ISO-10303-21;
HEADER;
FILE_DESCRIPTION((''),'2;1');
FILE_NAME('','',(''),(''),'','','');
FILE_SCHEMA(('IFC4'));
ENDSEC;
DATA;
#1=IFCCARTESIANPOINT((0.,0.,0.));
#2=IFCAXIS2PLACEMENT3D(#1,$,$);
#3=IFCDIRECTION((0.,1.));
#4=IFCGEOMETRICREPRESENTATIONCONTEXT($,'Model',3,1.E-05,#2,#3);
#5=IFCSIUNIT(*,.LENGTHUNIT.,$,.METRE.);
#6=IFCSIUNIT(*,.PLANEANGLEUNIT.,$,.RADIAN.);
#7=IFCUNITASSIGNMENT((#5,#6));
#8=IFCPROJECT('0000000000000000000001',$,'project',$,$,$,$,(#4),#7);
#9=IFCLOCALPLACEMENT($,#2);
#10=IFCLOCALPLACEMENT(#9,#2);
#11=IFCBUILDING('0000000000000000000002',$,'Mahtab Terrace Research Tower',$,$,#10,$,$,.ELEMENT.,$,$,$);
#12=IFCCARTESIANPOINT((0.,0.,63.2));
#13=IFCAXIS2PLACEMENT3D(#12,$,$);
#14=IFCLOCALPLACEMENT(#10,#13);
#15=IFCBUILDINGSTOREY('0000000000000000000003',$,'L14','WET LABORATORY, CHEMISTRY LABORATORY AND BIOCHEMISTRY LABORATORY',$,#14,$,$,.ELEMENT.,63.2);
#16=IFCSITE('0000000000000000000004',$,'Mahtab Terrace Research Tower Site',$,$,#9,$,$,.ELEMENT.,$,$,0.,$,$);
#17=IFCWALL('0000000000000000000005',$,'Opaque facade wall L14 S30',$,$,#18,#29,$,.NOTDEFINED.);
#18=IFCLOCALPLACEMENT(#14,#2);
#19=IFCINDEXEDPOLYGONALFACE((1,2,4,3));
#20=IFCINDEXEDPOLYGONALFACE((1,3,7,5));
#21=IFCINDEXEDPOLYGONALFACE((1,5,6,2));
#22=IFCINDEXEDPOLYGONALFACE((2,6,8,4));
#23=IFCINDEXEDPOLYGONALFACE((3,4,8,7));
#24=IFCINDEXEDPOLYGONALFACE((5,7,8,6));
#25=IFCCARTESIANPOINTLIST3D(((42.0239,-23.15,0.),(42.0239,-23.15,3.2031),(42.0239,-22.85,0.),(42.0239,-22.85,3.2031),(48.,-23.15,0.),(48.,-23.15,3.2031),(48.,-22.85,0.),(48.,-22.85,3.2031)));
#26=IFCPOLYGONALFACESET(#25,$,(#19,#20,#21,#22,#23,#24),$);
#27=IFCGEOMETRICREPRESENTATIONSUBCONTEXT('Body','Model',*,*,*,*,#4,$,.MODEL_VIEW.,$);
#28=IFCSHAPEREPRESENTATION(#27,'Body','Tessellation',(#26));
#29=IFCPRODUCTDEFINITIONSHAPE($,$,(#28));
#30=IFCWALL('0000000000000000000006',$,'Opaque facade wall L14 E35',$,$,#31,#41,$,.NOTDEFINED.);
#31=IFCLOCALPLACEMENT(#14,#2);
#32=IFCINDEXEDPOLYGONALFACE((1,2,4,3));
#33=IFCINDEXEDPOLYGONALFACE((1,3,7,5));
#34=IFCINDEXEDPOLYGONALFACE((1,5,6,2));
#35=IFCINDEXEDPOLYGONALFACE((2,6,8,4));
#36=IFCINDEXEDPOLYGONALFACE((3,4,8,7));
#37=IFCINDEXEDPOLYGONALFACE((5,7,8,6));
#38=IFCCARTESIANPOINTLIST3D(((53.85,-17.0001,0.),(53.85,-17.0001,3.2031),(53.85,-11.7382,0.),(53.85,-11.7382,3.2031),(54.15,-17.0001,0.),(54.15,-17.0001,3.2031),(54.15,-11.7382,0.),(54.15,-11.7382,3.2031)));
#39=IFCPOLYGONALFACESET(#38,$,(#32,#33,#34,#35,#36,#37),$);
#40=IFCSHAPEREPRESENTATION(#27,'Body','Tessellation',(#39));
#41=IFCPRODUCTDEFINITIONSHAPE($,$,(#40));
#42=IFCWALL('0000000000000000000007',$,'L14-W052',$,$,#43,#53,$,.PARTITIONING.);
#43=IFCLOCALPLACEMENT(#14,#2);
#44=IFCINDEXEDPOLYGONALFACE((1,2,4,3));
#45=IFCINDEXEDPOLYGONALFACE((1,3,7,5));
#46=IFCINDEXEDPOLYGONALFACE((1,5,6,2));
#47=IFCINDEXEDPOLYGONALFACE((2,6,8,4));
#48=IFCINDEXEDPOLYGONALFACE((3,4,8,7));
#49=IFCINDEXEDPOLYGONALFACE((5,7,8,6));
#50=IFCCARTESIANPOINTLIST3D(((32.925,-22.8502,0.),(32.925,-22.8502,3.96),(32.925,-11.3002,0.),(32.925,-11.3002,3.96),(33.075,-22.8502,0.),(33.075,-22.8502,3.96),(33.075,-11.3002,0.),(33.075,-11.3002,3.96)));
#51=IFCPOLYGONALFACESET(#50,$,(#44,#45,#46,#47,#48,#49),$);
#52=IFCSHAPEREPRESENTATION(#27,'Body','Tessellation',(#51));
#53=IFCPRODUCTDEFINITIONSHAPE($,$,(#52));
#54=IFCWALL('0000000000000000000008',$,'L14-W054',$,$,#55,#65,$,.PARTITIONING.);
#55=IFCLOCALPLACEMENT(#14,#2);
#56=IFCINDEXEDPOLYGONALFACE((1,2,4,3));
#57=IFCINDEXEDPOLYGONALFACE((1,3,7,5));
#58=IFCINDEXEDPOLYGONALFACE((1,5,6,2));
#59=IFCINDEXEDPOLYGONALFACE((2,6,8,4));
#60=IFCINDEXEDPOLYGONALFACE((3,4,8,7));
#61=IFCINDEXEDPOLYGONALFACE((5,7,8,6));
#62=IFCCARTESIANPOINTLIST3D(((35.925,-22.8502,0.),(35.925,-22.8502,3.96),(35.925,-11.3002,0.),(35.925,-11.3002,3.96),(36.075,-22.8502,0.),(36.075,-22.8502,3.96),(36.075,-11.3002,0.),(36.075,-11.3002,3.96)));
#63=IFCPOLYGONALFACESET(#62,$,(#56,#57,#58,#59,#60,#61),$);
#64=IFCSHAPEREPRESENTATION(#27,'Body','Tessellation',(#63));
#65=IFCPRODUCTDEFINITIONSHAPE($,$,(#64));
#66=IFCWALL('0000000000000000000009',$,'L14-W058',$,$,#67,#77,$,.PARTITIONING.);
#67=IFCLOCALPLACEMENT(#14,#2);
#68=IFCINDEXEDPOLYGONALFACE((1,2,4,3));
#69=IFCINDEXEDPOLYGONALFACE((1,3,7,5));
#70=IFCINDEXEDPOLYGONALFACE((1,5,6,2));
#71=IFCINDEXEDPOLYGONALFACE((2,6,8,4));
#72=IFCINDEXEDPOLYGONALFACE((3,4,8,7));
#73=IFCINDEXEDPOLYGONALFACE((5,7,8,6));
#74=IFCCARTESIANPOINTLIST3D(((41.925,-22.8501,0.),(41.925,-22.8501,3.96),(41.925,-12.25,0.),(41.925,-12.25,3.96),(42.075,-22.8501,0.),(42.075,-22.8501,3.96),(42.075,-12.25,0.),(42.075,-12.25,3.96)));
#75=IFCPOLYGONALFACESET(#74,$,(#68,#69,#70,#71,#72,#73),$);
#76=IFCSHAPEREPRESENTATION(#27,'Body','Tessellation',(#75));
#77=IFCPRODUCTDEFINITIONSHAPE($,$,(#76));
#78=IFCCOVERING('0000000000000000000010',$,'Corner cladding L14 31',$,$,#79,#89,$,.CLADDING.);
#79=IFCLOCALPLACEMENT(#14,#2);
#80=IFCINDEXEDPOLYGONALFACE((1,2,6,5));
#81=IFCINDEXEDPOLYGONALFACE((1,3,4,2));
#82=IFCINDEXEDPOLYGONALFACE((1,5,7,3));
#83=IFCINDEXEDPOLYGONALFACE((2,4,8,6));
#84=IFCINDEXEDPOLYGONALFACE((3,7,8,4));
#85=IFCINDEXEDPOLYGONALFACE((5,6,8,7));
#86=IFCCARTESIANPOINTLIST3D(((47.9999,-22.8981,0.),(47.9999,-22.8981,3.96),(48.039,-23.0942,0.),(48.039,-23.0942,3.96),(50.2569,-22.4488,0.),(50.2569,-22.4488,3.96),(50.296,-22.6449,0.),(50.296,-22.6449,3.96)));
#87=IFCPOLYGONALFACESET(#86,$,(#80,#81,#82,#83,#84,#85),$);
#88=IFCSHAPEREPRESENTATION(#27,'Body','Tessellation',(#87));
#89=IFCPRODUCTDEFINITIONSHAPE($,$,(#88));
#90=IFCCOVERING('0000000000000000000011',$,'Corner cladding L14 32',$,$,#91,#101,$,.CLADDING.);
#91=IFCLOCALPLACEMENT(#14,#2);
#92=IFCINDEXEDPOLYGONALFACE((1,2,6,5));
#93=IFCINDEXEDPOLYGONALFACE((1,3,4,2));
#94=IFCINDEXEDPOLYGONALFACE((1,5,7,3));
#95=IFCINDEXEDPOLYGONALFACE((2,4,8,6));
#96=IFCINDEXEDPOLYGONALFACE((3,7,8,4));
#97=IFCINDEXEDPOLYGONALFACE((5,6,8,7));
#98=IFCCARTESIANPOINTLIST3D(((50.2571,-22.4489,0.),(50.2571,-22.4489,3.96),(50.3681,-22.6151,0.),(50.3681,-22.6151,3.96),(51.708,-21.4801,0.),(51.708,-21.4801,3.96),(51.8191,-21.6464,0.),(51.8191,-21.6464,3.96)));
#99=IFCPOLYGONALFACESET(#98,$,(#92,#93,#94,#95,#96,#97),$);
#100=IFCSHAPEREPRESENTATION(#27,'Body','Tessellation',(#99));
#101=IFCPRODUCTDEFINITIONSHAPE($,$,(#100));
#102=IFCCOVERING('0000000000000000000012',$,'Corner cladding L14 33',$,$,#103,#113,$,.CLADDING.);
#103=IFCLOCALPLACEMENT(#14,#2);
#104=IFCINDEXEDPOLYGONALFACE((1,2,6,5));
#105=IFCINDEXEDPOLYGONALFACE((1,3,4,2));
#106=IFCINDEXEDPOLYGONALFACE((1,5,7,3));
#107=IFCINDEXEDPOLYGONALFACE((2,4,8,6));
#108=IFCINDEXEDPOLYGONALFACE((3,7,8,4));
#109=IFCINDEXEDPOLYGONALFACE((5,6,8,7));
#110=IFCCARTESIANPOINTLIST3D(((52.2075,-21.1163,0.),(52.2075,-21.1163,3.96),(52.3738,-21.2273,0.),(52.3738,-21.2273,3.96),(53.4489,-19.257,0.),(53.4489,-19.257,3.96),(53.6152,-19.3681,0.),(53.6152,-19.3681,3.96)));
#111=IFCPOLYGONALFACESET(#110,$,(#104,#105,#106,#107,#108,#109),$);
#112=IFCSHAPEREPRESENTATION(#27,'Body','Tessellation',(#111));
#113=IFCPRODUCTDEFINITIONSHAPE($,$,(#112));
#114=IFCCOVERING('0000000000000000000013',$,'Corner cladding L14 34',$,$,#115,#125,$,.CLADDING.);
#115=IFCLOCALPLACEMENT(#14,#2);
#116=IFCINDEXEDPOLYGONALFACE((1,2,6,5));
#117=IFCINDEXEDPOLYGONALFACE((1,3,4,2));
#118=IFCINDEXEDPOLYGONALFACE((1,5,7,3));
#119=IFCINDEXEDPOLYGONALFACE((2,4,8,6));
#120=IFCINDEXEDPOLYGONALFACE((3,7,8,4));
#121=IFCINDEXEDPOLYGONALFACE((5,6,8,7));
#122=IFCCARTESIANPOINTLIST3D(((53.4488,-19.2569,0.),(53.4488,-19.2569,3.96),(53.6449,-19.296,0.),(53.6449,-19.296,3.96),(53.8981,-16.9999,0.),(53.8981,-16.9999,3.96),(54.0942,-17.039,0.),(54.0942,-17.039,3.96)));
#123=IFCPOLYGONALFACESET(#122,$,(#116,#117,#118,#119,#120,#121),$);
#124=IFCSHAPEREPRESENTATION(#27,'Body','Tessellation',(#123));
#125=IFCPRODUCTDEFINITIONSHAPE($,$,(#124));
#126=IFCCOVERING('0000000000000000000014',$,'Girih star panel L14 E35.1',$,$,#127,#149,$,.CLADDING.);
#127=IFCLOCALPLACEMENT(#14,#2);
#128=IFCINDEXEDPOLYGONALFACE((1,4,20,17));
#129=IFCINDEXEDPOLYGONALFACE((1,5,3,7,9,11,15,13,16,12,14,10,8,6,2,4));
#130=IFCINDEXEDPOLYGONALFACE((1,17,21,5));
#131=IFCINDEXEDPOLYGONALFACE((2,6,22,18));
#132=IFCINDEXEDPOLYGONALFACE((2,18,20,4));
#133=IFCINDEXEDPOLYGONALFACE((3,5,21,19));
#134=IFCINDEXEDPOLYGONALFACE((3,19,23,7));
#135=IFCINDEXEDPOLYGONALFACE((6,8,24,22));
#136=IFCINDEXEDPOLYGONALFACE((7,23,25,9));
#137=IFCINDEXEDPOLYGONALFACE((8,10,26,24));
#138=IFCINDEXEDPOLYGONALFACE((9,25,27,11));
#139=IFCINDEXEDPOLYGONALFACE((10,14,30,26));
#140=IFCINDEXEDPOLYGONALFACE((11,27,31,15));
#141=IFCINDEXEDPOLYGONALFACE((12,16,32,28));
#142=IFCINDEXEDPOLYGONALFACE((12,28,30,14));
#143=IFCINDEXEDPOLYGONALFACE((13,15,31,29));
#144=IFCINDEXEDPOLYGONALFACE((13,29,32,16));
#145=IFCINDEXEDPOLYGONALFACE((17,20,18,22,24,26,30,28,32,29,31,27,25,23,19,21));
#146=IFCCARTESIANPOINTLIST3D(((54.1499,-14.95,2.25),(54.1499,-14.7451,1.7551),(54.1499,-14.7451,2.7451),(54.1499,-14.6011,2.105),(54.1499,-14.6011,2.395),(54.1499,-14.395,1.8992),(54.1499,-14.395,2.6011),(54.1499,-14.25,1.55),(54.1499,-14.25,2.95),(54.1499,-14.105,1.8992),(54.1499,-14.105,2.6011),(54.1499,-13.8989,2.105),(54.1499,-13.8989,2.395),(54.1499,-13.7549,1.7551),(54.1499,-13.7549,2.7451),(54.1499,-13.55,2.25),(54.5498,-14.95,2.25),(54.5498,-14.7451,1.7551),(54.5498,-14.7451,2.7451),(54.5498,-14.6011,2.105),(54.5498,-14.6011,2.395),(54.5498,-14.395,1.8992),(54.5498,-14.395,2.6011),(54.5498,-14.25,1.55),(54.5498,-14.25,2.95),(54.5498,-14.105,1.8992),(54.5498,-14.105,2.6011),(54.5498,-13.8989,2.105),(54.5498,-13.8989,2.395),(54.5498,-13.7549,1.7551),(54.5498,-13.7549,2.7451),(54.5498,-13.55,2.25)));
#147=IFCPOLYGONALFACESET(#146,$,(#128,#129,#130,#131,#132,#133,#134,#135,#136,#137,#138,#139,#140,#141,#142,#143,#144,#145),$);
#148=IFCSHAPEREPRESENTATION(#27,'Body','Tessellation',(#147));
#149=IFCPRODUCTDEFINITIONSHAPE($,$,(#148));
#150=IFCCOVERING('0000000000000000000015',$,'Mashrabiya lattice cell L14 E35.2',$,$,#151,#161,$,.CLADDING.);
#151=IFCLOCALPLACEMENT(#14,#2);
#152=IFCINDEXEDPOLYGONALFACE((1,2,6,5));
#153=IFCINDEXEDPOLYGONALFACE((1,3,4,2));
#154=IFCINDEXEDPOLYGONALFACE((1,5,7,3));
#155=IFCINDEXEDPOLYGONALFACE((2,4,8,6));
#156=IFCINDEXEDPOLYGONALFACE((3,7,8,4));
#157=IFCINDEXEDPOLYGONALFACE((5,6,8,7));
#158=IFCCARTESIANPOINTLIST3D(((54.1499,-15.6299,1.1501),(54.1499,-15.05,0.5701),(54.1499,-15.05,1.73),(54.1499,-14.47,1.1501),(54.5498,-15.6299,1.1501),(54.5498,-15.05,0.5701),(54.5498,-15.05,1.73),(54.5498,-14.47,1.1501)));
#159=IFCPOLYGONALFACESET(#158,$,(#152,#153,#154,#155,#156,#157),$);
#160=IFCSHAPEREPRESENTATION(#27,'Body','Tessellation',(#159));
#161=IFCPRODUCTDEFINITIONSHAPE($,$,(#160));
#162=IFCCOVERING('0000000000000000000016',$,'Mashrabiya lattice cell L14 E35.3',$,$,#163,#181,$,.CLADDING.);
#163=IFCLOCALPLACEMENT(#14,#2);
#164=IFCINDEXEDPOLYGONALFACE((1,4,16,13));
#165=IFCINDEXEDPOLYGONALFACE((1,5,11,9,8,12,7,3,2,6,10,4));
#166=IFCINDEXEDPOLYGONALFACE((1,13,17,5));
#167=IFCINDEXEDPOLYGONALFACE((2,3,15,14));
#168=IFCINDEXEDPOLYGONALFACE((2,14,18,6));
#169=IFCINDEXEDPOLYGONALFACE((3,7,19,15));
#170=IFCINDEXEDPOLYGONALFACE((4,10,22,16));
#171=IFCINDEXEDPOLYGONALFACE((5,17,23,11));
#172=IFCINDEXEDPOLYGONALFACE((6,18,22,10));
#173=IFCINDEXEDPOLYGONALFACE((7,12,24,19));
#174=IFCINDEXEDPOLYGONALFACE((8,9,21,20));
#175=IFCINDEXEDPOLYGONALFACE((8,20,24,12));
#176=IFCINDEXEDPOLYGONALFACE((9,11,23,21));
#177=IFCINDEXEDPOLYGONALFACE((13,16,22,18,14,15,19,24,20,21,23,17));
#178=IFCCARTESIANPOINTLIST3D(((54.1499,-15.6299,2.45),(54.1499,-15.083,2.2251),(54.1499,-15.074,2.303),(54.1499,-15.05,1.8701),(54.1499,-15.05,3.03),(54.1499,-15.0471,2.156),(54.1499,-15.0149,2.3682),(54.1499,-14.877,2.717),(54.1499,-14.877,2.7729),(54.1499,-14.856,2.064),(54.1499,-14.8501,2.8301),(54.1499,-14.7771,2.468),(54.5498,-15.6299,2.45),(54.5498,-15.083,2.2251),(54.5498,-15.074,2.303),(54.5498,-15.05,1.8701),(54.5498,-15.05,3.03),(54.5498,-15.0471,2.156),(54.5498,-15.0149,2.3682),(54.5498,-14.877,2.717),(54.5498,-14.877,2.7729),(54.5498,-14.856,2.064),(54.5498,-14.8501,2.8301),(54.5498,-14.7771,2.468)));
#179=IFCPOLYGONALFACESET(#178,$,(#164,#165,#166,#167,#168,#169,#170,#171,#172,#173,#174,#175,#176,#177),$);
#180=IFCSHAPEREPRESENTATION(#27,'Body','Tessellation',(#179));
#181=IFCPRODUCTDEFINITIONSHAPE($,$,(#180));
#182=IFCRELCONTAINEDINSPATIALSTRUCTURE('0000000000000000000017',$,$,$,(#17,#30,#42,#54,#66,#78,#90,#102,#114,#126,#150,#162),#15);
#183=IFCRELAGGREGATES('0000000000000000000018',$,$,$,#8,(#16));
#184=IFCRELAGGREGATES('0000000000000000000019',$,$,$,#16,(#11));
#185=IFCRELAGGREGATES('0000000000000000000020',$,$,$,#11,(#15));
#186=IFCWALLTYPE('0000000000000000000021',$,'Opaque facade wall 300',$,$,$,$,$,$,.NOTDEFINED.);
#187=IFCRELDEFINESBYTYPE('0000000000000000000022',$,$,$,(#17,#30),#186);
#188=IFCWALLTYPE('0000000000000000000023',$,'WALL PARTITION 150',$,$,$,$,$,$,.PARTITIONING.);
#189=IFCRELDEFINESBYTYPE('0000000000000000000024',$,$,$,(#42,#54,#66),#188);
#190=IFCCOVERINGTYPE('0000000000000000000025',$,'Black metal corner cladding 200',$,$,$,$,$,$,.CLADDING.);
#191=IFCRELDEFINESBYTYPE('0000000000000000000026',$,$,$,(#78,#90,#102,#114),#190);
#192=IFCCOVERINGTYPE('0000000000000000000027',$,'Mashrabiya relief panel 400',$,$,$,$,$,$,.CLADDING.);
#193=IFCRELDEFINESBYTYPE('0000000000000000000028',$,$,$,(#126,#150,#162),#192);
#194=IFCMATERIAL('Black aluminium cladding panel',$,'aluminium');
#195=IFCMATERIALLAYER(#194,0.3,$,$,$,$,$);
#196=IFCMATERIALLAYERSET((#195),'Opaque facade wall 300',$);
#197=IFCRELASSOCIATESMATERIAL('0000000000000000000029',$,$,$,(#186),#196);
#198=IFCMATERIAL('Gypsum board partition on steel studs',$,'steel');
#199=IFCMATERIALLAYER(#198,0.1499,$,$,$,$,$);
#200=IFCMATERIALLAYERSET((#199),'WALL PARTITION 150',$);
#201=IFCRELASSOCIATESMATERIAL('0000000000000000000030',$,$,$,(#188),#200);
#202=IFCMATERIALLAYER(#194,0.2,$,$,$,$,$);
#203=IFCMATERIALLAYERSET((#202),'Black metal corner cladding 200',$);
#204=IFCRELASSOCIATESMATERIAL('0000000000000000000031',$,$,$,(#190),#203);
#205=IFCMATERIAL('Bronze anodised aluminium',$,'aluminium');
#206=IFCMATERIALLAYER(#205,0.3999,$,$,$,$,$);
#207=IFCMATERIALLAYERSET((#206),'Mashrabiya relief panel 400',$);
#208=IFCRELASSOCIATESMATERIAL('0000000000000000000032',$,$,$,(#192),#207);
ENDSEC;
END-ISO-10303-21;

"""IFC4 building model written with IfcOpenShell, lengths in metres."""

from ifc_helpers import new_model, si_unit, direction, frame, frame_2d, origin, origin_2d, place, context, subcontext, project, spatial, polyline, rectangle, outline, extrude, material, layer, layer_set, type_object, element, save


model = new_model("IFC4")

# Units and contexts
model_context = context("Model", 3, precision=1e-05, world=origin(), true_north=direction((0.0, 1.0)))
body_context = subcontext(model_context, "Body", "Model", "MODEL_VIEW")
ifc_project = project(units=[si_unit("LENGTHUNIT", "METRE"), si_unit("PLANEANGLEUNIT", "RADIAN")], contexts=[model_context])

# Site, building, storey
site_placement = place(None, origin())
site = spatial("IfcSite", under=ifc_project, at=site_placement, Name="Mahtab Terrace Research Tower Site", CompositionType="ELEMENT", RefElevation=0.0)
building_placement = place(site_placement, origin())
building = spatial("IfcBuilding", under=site, at=building_placement, Name="Mahtab Terrace Research Tower", CompositionType="ELEMENT")
storey_placement = place(building_placement, frame((0.0, 0.0, 63.2)))
storey = spatial("IfcBuildingStorey", under=building, at=storey_placement, Name="L14", Description="WET LABORATORY, CHEMISTRY LABORATORY AND BIOCHEMISTRY LABORATORY", CompositionType="ELEMENT", Elevation=63.2)

# Walls
ifc_material_1 = material(Name="Black aluminium cladding panel", Category="aluminium")
ifc_layer_1 = layer(ifc_material_1, 0.3)
ifc_layer_set_1 = layer_set([ifc_layer_1], Name="Opaque facade wall 300")
wall_type_1 = type_object("IfcWallType", Name="Opaque facade wall 300", PredefinedType="NOTDEFINED", material=ifc_layer_set_1)
wall_1_placement = place(storey_placement, frame((42.0239, -23.0, 0.0), z_axis=(0.0, 0.0, 1.0), x_axis=(1.0, 0.0, 0.0)))
element("IfcWall", 1, at=wall_1_placement, inside=storey, type_object=wall_type_1, Name="Opaque facade wall L14 S30", PredefinedType="NOTDEFINED", context=body_context, shape_type="SweptSolid", body=[
    extrude(rectangle(XDim=5.9761, YDim=0.3, at=frame_2d((2.988, 0.0))), origin(), (0.0, 0.0, 1.0), 3.2031),
])
wall_2_placement = place(storey_placement, frame((54.0, -17.0, 0.0), z_axis=(0.0, 0.0, 1.0), x_axis=(0.0, 1.0, 0.0)))
element("IfcWall", 2, at=wall_2_placement, inside=storey, type_object=wall_type_1, Name="Opaque facade wall L14 E35", PredefinedType="NOTDEFINED", context=body_context, shape_type="SweptSolid", body=[
    extrude(rectangle(XDim=5.262, YDim=0.3, at=frame_2d((2.6309, 0.0))), origin(), (0.0, 0.0, 1.0), 3.2031),
])
ifc_material_2 = material(Name="Gypsum board partition on steel studs", Category="steel")
ifc_layer_2 = layer(ifc_material_2, 0.1499)
ifc_layer_set_2 = layer_set([ifc_layer_2], Name="WALL PARTITION 150")
wall_type_2 = type_object("IfcWallType", Name="WALL PARTITION 150", PredefinedType="PARTITIONING", material=ifc_layer_set_2)
for number, where, z_axis, x_axis, name in (
    (3, (33.0, -22.8501, 0.0), (0.0, 0.0, 1.0), (0.0, 1.0, 0.0), "L14-W052"),
    (4, (36.0, -22.8501, 0.0), (0.0, 0.0, 1.0), (0.0, 1.0, 0.0), "L14-W054"),
):
    element("IfcWall", number, at=place(storey_placement, frame(where, z_axis=z_axis, x_axis=x_axis)), inside=storey, type_object=wall_type_2, Name=name, PredefinedType="PARTITIONING", context=body_context, shape_type="SweptSolid", body=[
        extrude(rectangle(XDim=11.55, YDim=0.1499, at=frame_2d((5.7749, 0.0))), origin(), (0.0, 0.0, 1.0), 3.96),
    ])
wall_3_placement = place(storey_placement, frame((42.0, -22.8501, 0.0), z_axis=(0.0, 0.0, 1.0), x_axis=(0.0, 1.0, 0.0)))
element("IfcWall", 5, at=wall_3_placement, inside=storey, type_object=wall_type_2, Name="L14-W058", PredefinedType="PARTITIONING", context=body_context, shape_type="SweptSolid", body=[
    extrude(rectangle(XDim=10.6001, YDim=0.1499, at=frame_2d((5.3, 0.0))), origin(), (0.0, 0.0, 1.0), 3.96),
])

# Coverings
ifc_layer_3 = layer(ifc_material_1, 0.2)
ifc_layer_set_3 = layer_set([ifc_layer_3], Name="Black metal corner cladding 200")
covering_type_1 = type_object("IfcCoveringType", Name="Black metal corner cladding 200", PredefinedType="CLADDING", material=ifc_layer_set_3)
covering_1_placement = place(storey_placement, frame((49.1479, -22.7715, 0.0), z_axis=(0.0, 0.0, 1.0), x_axis=(0.980761, 0.195212, 0.0)))
element("IfcCovering", 6, at=covering_1_placement, inside=storey, type_object=covering_type_1, Name="Corner cladding L14 31", PredefinedType="CLADDING", context=body_context, shape_type="SweptSolid", body=[
    extrude(rectangle(XDim=2.3013, YDim=0.2, at=origin_2d()), origin(), (0.0, 0.0, 1.0), 3.96),
])
covering_2_placement = place(storey_placement, frame((51.0381, -22.0476, 0.0), z_axis=(0.0, 0.0, 1.0), x_axis=(0.831656, 0.555291, 0.0)))
element("IfcCovering", 7, at=covering_2_placement, inside=storey, type_object=covering_type_1, Name="Corner cladding L14 32", PredefinedType="CLADDING", context=body_context, shape_type="SweptSolid", body=[
    extrude(rectangle(XDim=1.7446, YDim=0.2, at=origin_2d()), origin(), (0.0, 0.0, 1.0), 3.96),
])
covering_3_placement = place(storey_placement, frame((52.9114, -20.2422, 0.0), z_axis=(0.0, 0.0, 1.0), x_axis=(0.555291, 0.831656, 0.0)))
element("IfcCovering", 8, at=covering_3_placement, inside=storey, type_object=covering_type_1, Name="Corner cladding L14 33", PredefinedType="CLADDING", context=body_context, shape_type="SweptSolid", body=[
    extrude(rectangle(XDim=2.2356, YDim=0.2, at=origin_2d()), origin(), (0.0, 0.0, 1.0), 3.96),
])
covering_4_placement = place(storey_placement, frame((53.7715, -18.1479, 0.0), z_axis=(0.0, 0.0, 1.0), x_axis=(0.195212, 0.980761, 0.0)))
element("IfcCovering", 9, at=covering_4_placement, inside=storey, type_object=covering_type_1, Name="Corner cladding L14 34", PredefinedType="CLADDING", context=body_context, shape_type="SweptSolid", body=[
    extrude(rectangle(XDim=2.3013, YDim=0.2, at=origin_2d()), origin(), (0.0, 0.0, 1.0), 3.96),
])
ifc_material_3 = material(Name="Bronze anodised aluminium", Category="aluminium")
ifc_layer_4 = layer(ifc_material_3, 0.3999)
ifc_layer_set_4 = layer_set([ifc_layer_4], Name="Mashrabiya relief panel 400")
covering_type_2 = type_object("IfcCoveringType", Name="Mashrabiya relief panel 400", PredefinedType="CLADDING", material=ifc_layer_set_4)
covering_5_placement = place(storey_placement, frame((54.1499, -14.105, 2.6011), z_axis=(-1.0, 0.0, 0.0), x_axis=(0.0, 0.924785, 0.38049)))
element("IfcCovering", 10, at=covering_5_placement, inside=storey, type_object=covering_type_2, Name="Girih star panel L14 E35.1", PredefinedType="CLADDING", context=body_context, shape_type="SweptSolid", body=[
    extrude(outline(polyline([(0.0, 0.0), (0.3786, 0.0), (0.1122, 0.269), (0.3796, 0.5358), (0.0018, 0.5372), (0.0019, 0.9155), (-0.2671, 0.6491), (-0.534, 0.9168), (-0.5353, 0.5388), (-0.9139, 0.5388), (-0.6475, 0.27), (-0.915, 0.0032), (-0.5372, 0.0018), (-0.5372, -0.3768), (-0.2682, -0.1104), (-0.0014, -0.3778), (0.0, 0.0)])), origin(), (0.0, 0.0, -1.0), 0.3999),
])
covering_6_placement = place(storey_placement, frame((54.1499, -15.05, 1.73), z_axis=(-1.0, 0.0, 0.0), x_axis=(0.0, 0.707256, -0.706958)))
element("IfcCovering", 11, at=covering_6_placement, inside=storey, type_object=covering_type_2, Name="Mashrabiya lattice cell L14 E35.2", PredefinedType="CLADDING", context=body_context, shape_type="SweptSolid", body=[
    extrude(outline(polyline([(0.0, 0.0), (0.8202, 0.0), (0.82, 0.8204), (-0.0002, 0.82), (0.0, 0.0)])), origin(), (0.0, 0.0, -1.0), 0.3999),
])
covering_7_placement = place(storey_placement, frame((54.1499, -15.05, 1.8701), z_axis=(-1.0, 0.0, 0.0), x_axis=(0.0, -0.707107, 0.707107)))
element("IfcCovering", 12, at=covering_7_placement, inside=storey, type_object=covering_type_2, Name="Mashrabiya lattice cell L14 E35.3", PredefinedType="CLADDING", context=body_context, shape_type="SweptSolid", body=[
    extrude(outline(polyline([(0.0, 0.0), (0.82, 0.0), (0.8202, 0.8202), (0.5374, 0.8202), (0.516, 0.7608), (0.4765, 0.7213), (0.2298, 0.6158), (0.3273, 0.377), (0.323, 0.2892), (0.2743, 0.2277), (0.2001, 0.2042), (-0.0002, 0.2743), (0.0, 0.0)])), origin(), (0.0, 0.0, -1.0), 0.3999),
])

save(model, "model.ifc")
